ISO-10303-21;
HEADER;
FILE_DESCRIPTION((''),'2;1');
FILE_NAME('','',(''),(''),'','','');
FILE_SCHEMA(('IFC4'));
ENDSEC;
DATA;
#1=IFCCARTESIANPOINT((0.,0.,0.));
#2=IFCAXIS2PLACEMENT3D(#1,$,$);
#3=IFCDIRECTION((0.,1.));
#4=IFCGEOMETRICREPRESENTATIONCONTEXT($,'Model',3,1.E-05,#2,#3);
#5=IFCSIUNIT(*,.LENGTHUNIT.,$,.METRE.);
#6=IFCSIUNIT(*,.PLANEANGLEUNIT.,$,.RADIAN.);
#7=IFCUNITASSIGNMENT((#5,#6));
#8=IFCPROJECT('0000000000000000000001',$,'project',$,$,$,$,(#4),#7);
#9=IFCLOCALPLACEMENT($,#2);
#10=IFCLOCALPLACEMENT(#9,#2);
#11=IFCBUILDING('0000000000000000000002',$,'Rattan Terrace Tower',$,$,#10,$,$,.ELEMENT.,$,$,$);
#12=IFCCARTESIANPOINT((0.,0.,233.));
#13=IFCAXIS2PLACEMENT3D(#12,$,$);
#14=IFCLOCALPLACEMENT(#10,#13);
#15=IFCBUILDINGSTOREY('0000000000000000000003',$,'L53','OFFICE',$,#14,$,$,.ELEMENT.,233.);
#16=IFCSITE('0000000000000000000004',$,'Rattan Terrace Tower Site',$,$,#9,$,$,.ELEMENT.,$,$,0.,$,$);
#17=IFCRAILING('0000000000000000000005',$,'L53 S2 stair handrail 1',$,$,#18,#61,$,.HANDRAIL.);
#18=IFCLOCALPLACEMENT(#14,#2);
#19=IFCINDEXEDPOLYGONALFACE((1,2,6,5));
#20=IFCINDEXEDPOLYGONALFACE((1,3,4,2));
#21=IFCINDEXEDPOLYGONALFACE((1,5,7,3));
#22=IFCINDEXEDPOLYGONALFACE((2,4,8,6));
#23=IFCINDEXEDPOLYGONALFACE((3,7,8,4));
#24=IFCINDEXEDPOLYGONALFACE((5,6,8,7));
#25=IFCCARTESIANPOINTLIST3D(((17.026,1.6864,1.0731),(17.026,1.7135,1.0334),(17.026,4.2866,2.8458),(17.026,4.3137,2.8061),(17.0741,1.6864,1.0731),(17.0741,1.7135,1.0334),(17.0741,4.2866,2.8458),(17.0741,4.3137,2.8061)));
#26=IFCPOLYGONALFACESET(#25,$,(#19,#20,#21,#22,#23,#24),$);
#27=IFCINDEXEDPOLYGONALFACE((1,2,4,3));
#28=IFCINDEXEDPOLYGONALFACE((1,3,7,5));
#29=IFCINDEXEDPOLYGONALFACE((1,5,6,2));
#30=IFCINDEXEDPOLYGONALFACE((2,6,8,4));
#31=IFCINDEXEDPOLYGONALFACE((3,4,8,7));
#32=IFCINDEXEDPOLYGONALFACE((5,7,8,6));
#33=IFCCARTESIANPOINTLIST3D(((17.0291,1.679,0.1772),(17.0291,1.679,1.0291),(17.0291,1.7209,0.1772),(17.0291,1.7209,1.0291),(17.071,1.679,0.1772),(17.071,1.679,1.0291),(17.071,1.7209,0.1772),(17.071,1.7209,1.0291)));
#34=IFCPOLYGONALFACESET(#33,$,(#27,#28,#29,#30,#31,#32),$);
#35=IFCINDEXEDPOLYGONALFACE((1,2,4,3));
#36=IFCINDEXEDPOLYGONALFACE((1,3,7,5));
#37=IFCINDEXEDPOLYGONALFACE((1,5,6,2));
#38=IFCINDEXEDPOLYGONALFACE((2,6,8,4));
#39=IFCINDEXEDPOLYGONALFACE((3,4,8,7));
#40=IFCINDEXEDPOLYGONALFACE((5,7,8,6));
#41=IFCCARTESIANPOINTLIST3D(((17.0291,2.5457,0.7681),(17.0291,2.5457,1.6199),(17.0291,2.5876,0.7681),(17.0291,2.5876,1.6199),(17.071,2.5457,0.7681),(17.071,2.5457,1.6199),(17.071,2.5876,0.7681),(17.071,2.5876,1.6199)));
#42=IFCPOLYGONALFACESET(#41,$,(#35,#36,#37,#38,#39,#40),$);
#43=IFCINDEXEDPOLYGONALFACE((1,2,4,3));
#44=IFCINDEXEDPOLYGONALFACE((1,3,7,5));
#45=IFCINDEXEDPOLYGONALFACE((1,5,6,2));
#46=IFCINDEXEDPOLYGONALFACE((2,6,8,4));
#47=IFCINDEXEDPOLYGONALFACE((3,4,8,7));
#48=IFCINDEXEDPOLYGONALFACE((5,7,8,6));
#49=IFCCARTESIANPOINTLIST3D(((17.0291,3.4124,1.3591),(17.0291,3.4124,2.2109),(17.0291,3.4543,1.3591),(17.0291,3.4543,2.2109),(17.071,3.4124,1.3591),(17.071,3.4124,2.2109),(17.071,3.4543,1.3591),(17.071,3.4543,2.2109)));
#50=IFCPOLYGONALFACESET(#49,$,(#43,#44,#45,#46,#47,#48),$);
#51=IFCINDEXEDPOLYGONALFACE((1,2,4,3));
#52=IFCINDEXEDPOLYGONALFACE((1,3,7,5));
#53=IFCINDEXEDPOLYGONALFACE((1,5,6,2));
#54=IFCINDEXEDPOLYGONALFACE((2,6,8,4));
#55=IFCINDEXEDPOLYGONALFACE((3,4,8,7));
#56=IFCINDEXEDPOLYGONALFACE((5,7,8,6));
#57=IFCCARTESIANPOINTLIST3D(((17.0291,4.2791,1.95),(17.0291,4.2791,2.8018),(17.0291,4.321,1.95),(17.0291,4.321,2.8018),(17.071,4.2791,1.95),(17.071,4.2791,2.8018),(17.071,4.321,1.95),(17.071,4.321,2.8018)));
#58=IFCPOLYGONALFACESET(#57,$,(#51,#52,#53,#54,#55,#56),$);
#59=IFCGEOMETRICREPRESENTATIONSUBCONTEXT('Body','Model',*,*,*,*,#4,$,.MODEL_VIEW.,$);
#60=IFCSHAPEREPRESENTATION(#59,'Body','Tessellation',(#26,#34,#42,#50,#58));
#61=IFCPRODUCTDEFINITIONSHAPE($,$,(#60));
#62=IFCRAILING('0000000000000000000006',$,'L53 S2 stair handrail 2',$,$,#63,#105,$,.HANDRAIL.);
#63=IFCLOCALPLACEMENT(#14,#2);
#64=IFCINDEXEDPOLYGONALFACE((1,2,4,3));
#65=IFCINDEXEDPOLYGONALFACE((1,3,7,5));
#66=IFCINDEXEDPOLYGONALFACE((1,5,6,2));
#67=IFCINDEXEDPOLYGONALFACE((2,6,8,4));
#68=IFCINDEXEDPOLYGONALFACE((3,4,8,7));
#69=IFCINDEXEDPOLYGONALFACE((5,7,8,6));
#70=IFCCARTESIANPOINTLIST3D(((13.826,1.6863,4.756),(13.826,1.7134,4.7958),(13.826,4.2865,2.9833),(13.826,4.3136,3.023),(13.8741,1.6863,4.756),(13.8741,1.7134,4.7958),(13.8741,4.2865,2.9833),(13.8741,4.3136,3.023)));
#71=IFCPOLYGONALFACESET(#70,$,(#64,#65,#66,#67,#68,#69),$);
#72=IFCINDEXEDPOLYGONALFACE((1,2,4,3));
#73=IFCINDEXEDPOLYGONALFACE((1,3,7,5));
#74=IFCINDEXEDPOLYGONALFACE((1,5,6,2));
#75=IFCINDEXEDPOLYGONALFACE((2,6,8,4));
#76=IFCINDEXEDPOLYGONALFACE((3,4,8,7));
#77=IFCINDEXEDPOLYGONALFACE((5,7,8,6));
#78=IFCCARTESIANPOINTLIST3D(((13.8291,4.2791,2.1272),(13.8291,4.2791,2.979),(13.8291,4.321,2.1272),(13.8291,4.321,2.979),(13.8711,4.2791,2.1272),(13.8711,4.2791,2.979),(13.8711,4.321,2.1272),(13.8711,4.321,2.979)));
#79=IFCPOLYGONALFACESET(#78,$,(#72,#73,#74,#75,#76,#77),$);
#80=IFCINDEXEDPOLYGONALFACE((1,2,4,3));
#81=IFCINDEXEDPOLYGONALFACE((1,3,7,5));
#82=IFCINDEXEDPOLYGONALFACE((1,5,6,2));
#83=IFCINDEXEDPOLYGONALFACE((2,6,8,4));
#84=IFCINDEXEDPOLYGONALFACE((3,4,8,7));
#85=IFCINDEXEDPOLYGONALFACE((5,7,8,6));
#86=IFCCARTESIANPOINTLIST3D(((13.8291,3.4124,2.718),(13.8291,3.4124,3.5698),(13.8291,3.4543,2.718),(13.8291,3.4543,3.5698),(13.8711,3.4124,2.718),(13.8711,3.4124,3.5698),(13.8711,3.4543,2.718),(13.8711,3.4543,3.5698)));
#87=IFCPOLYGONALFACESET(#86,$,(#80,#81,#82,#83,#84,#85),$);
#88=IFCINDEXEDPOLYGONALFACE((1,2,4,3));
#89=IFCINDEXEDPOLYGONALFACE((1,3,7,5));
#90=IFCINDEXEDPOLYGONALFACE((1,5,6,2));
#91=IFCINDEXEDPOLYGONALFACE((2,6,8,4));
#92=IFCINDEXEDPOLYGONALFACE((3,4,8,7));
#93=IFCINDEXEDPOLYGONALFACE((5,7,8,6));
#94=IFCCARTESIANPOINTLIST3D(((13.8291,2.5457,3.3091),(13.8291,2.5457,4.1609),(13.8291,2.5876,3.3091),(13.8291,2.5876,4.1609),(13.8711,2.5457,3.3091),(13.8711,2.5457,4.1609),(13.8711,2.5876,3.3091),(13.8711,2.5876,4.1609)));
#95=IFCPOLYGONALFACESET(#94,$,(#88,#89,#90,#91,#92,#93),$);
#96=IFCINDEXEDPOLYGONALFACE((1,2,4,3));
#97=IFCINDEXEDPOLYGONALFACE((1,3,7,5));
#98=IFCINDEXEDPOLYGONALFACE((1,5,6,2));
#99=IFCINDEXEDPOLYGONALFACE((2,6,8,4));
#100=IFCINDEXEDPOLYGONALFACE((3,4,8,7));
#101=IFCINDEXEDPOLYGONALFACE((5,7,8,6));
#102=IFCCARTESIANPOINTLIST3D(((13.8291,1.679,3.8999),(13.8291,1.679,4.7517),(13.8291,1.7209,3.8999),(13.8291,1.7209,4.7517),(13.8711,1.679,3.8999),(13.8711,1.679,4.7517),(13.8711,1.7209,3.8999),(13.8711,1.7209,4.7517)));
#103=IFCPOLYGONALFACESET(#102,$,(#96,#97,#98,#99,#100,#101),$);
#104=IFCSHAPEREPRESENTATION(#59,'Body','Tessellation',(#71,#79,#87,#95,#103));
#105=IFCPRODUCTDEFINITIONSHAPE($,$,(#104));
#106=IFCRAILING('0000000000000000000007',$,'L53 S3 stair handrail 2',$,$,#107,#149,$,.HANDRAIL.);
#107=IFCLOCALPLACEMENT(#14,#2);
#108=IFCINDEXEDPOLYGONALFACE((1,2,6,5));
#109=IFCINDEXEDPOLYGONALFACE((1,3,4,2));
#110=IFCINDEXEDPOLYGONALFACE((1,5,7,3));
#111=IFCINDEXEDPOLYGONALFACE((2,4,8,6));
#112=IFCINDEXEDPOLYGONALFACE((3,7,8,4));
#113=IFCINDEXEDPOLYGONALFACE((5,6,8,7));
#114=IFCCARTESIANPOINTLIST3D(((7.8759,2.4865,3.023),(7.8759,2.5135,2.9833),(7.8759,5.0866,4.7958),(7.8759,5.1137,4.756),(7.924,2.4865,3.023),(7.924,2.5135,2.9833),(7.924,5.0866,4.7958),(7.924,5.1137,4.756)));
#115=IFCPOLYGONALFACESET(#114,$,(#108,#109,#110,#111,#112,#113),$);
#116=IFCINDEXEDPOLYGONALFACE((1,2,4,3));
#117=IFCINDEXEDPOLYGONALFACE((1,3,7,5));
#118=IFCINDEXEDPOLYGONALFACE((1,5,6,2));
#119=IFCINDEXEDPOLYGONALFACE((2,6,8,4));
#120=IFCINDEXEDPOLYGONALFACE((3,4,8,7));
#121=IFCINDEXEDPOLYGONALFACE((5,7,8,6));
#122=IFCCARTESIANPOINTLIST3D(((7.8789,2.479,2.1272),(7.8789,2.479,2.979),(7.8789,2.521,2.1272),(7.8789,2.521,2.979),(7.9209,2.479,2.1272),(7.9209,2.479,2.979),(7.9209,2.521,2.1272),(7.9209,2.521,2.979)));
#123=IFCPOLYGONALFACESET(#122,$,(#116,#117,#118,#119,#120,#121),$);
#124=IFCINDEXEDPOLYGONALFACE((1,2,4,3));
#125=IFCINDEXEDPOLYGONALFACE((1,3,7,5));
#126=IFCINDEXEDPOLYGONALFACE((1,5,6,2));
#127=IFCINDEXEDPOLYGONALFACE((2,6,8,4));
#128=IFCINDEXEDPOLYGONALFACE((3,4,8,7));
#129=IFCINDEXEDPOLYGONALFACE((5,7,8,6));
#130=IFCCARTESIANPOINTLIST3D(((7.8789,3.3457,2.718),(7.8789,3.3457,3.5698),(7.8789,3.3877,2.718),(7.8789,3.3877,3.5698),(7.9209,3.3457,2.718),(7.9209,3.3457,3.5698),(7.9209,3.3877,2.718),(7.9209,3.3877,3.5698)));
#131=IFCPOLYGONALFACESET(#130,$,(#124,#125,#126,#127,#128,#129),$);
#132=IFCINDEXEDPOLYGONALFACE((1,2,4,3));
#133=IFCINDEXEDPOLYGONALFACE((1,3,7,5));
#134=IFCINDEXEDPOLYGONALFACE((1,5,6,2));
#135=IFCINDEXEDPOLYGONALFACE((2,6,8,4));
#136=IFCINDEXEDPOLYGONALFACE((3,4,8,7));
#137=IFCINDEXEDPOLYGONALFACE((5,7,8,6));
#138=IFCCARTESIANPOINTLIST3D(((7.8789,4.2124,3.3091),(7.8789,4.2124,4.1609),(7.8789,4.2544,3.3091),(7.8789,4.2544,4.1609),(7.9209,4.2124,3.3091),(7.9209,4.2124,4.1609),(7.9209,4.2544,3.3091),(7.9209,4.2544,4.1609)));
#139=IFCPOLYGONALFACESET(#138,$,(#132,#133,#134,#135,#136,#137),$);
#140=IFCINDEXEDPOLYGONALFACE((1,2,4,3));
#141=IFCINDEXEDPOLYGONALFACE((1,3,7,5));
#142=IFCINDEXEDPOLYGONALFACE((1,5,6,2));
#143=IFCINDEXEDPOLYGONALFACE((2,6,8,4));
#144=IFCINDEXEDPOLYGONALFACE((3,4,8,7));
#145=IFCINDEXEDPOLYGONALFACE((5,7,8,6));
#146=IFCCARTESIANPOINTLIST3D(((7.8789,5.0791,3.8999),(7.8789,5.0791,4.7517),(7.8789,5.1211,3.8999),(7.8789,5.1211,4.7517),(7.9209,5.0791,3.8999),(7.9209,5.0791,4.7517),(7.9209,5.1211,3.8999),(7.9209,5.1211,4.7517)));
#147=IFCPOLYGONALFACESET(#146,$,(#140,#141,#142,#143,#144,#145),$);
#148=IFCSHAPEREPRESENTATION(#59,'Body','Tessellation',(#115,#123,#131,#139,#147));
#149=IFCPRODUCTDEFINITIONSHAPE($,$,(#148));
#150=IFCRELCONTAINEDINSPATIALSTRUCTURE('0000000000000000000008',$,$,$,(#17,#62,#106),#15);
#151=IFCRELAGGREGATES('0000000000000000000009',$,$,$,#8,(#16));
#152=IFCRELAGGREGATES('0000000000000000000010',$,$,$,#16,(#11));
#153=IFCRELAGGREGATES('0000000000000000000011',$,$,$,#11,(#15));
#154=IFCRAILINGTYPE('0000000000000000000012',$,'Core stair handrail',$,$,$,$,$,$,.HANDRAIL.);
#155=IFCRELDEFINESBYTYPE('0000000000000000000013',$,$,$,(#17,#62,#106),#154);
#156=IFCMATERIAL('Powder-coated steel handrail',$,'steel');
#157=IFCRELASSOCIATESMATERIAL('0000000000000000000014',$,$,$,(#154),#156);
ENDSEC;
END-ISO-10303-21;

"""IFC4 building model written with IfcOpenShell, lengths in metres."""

from ifc_helpers import new_model, si_unit, direction, frame, origin, origin_2d, place, context, subcontext, project, spatial, rectangle, extrude, material, type_object, element, save


model = new_model("IFC4")

# Units and contexts
model_context = context("Model", 3, precision=1e-05, world=origin(), true_north=direction((0.0, 1.0)))
body_context = subcontext(model_context, "Body", "Model", "MODEL_VIEW")
ifc_project = project(units=[si_unit("LENGTHUNIT", "METRE"), si_unit("PLANEANGLEUNIT", "RADIAN")], contexts=[model_context])

# Site, building, storey
site_placement = place(None, origin())
site = spatial("IfcSite", under=ifc_project, at=site_placement, Name="Rattan Terrace Tower Site", CompositionType="ELEMENT", RefElevation=0.0)
building_placement = place(site_placement, origin())
building = spatial("IfcBuilding", under=site, at=building_placement, Name="Rattan Terrace Tower", CompositionType="ELEMENT")
storey_placement = place(building_placement, frame((0.0, 0.0, 233.0)))
storey = spatial("IfcBuildingStorey", under=building, at=storey_placement, Name="L53", Description="OFFICE", CompositionType="ELEMENT", Elevation=233.0)

# Railings
ifc_material_1 = material(Name="Powder-coated steel handrail", Category="steel")
railing_type_1 = type_object("IfcRailingType", Name="Core stair handrail", PredefinedType="HANDRAIL", material=ifc_material_1)
railing_1_placement = place(storey_placement, frame((17.05, 1.7, 0.1772)))
element("IfcRailing", 1, at=railing_1_placement, inside=storey, type_object=railing_type_1, Name="L53 S2 stair handrail 1", PredefinedType="HANDRAIL", context=body_context, shape_type="SweptSolid", body=[
    extrude(rectangle(XDim=0.0481, YDim=0.0481, at=origin_2d()), frame((0.0, 0.0, 0.876), z_axis=(0.0, 0.82624, 0.563318), x_axis=(-1.0, 0.0, 0.0)), (0.0, 0.0, 1.0), 3.147),
    extrude(rectangle(XDim=0.042, YDim=0.042, at=origin_2d()), origin(), (0.0, 0.0, 1.0), 0.8518),
    extrude(rectangle(XDim=0.042, YDim=0.042, at=origin_2d()), frame((0.0, 0.8667, 0.5908)), (0.0, 0.0, 1.0), 0.8518),
    extrude(rectangle(XDim=0.042, YDim=0.042, at=origin_2d()), frame((0.0, 1.7334, 1.1819)), (0.0, 0.0, 1.0), 0.8518),
    extrude(rectangle(XDim=0.042, YDim=0.042, at=origin_2d()), frame((0.0, 2.6001, 1.7727)), (0.0, 0.0, 1.0), 0.8518),
])
railing_2_placement = place(storey_placement, frame((13.8501, 4.3, 2.1272)))
element("IfcRailing", 2, at=railing_2_placement, inside=storey, type_object=railing_type_1, Name="L53 S2 stair handrail 2", PredefinedType="HANDRAIL", context=body_context, shape_type="SweptSolid", body=[
    extrude(rectangle(XDim=0.0481, YDim=0.0481, at=origin_2d()), frame((0.0, 0.0, 0.876), z_axis=(0.0, -0.82624, 0.563318), x_axis=(1.0, 0.0, 0.0)), (0.0, 0.0, 1.0), 3.147),
    extrude(rectangle(XDim=0.042, YDim=0.042, at=origin_2d()), origin(), (0.0, 0.0, 1.0), 0.8518),
    extrude(rectangle(XDim=0.042, YDim=0.042, at=origin_2d()), frame((0.0, -0.8667, 0.5908)), (0.0, 0.0, 1.0), 0.8518),
    extrude(rectangle(XDim=0.042, YDim=0.042, at=origin_2d()), frame((0.0, -1.7334, 1.1819)), (0.0, 0.0, 1.0), 0.8518),
    extrude(rectangle(XDim=0.042, YDim=0.042, at=origin_2d()), frame((0.0, -2.6001, 1.7727)), (0.0, 0.0, 1.0), 0.8518),
])
railing_3_placement = place(storey_placement, frame((7.8999, 2.5, 2.1272)))
element("IfcRailing", 3, at=railing_3_placement, inside=storey, type_object=railing_type_1, Name="L53 S3 stair handrail 2", PredefinedType="HANDRAIL", context=body_context, shape_type="SweptSolid", body=[
    extrude(rectangle(XDim=0.0481, YDim=0.0481, at=origin_2d()), frame((0.0, 0.0, 0.876), z_axis=(0.0, 0.82624, 0.563318), x_axis=(-1.0, 0.0, 0.0)), (0.0, 0.0, 1.0), 3.147),
    extrude(rectangle(XDim=0.042, YDim=0.042, at=origin_2d()), origin(), (0.0, 0.0, 1.0), 0.8518),
    extrude(rectangle(XDim=0.042, YDim=0.042, at=origin_2d()), frame((0.0, 0.8667, 0.5908)), (0.0, 0.0, 1.0), 0.8518),
    extrude(rectangle(XDim=0.042, YDim=0.042, at=origin_2d()), frame((0.0, 1.7334, 1.1819)), (0.0, 0.0, 1.0), 0.8518),
    extrude(rectangle(XDim=0.042, YDim=0.042, at=origin_2d()), frame((0.0, 2.6001, 1.7727)), (0.0, 0.0, 1.0), 0.8518),
])

save(model, "model.ifc")
